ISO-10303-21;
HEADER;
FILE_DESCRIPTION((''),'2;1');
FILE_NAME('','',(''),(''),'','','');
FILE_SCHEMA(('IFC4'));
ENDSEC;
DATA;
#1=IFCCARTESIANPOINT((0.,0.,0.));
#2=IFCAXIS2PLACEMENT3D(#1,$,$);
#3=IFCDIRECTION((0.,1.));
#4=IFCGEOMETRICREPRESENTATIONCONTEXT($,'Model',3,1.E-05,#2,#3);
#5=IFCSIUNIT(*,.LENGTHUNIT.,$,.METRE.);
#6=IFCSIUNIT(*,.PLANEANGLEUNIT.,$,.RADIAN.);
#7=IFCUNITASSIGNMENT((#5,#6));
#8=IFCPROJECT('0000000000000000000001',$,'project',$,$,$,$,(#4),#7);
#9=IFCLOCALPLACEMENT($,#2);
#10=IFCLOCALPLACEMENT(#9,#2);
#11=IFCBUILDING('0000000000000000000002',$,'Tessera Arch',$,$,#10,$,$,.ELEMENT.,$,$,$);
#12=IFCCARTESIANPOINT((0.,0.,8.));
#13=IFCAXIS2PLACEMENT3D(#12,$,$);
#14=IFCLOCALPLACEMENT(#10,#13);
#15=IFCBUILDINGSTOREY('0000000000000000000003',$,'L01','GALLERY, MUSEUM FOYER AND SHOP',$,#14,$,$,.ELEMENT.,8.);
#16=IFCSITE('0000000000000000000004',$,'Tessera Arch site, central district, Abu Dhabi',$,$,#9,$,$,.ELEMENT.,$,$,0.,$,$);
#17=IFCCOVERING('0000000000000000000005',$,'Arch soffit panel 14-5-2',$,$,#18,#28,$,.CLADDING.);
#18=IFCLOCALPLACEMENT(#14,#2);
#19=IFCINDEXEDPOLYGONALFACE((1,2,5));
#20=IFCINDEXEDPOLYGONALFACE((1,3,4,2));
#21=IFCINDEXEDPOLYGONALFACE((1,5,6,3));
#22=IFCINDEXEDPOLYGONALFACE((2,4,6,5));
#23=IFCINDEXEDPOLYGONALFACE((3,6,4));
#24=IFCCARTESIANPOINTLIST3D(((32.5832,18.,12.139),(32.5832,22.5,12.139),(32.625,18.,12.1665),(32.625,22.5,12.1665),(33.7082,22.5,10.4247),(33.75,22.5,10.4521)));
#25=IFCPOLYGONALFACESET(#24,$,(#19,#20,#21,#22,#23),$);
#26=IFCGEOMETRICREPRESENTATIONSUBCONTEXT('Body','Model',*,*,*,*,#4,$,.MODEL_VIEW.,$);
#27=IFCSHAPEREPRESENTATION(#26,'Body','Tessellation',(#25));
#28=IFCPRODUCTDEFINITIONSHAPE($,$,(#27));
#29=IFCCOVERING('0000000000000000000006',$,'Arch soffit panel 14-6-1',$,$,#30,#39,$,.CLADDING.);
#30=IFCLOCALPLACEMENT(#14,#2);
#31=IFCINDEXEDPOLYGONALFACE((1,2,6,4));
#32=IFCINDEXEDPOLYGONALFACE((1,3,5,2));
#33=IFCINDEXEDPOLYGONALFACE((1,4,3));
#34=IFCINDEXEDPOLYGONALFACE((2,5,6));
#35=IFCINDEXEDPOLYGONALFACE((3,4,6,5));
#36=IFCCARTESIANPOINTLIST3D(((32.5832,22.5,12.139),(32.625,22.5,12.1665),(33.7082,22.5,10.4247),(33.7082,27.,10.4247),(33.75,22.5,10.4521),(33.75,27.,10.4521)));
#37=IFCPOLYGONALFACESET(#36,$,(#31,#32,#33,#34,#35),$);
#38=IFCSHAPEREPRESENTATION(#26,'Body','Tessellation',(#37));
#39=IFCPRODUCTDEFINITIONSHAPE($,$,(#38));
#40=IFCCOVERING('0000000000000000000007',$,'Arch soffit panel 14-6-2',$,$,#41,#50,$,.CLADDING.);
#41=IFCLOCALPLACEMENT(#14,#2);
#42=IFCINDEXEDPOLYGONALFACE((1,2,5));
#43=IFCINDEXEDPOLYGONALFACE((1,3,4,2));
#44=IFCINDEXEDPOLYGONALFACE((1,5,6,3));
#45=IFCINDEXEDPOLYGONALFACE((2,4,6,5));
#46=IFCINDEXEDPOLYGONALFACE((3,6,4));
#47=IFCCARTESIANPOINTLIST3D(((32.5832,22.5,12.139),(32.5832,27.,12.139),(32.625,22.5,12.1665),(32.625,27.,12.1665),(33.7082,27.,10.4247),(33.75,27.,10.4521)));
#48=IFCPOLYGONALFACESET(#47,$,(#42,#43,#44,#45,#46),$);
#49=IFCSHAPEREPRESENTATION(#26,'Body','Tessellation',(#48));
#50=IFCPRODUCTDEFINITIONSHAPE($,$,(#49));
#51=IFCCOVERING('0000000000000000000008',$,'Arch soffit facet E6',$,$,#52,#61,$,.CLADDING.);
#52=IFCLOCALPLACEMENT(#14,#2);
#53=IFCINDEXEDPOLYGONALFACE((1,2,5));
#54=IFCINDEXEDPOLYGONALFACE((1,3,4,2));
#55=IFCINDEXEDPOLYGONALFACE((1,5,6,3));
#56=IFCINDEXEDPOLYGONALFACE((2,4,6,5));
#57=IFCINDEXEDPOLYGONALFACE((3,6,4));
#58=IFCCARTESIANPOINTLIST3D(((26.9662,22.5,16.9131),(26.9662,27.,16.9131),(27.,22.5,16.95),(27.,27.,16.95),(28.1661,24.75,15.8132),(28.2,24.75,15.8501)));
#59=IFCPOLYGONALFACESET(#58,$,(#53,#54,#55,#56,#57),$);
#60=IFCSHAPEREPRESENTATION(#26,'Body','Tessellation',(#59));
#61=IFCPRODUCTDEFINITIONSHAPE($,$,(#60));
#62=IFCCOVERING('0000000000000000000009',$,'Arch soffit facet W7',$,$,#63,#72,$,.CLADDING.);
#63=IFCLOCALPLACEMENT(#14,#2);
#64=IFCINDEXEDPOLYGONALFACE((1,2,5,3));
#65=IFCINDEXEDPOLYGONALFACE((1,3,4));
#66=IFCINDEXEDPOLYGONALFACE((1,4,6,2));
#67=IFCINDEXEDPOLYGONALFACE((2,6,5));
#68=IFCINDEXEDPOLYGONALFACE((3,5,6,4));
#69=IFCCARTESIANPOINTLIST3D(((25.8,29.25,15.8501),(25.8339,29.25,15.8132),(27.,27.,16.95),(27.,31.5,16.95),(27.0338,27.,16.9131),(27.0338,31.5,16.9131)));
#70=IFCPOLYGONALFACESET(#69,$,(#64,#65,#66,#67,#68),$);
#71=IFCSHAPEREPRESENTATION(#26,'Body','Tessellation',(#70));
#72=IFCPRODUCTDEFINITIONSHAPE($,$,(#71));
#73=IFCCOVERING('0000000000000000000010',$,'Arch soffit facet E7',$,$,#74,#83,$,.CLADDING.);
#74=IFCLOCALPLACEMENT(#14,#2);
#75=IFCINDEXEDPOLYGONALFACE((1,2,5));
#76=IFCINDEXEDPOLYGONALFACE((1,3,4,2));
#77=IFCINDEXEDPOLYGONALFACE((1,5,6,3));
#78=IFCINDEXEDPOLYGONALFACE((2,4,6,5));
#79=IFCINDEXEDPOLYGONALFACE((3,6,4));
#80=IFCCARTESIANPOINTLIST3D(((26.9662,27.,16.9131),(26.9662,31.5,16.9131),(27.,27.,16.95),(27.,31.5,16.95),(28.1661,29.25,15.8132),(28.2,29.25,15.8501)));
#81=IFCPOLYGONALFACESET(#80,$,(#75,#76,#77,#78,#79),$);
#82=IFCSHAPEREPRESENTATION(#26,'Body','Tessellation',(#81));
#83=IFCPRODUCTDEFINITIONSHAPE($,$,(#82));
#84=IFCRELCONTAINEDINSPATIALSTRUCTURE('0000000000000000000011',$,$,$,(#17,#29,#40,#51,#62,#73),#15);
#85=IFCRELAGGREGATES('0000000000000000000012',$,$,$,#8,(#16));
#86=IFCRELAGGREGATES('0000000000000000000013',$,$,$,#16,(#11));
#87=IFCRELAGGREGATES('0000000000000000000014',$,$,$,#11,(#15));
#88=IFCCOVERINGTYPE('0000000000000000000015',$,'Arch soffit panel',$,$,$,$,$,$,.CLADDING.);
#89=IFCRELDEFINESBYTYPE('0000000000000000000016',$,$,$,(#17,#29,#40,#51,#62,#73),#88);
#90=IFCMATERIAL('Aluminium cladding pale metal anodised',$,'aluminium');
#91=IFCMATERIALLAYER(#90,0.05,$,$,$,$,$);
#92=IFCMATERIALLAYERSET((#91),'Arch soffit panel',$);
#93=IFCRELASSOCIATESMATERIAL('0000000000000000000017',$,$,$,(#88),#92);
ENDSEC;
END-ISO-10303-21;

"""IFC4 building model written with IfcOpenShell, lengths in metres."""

from ifc_helpers import new_model, si_unit, direction, frame, origin, place, context, subcontext, project, spatial, polyline, outline, extrude, material, layer, layer_set, type_object, element, save


model = new_model("IFC4")

# Units and contexts
model_context = context("Model", 3, precision=1e-05, world=origin(), true_north=direction((0.0, 1.0)))
body_context = subcontext(model_context, "Body", "Model", "MODEL_VIEW")
ifc_project = project(units=[si_unit("LENGTHUNIT", "METRE"), si_unit("PLANEANGLEUNIT", "RADIAN")], contexts=[model_context])

# Site, building, storey
site_placement = place(None, origin())
site = spatial("IfcSite", under=ifc_project, at=site_placement, Name="Tessera Arch site, central district, Abu Dhabi", CompositionType="ELEMENT", RefElevation=0.0)
building_placement = place(site_placement, origin())
building = spatial("IfcBuilding", under=site, at=building_placement, Name="Tessera Arch", CompositionType="ELEMENT")
storey_placement = place(building_placement, frame((0.0, 0.0, 8.0)))
storey = spatial("IfcBuildingStorey", under=building, at=storey_placement, Name="L01", Description="GALLERY, MUSEUM FOYER AND SHOP", CompositionType="ELEMENT", Elevation=8.0)

# Coverings
ifc_material = material(Name="Aluminium cladding pale metal anodised", Category="aluminium")
ifc_layer = layer(ifc_material, 0.05)
ifc_layer_set = layer_set([ifc_layer], Name="Arch soffit panel")
covering_type = type_object("IfcCoveringType", Name="Arch soffit panel", PredefinedType="CLADDING", material=ifc_layer_set)
covering_1_placement = place(storey_placement, frame((32.625, 18.0, 12.1665), z_axis=(0.836058, 0.0, 0.548641), x_axis=(0.227495, 0.90998, -0.346673)))
element("IfcCovering", 1, at=covering_1_placement, inside=storey, type_object=covering_type, Name="Arch soffit panel 14-5-2", PredefinedType="CLADDING", context=body_context, shape_type="SweptSolid", body=[
    extrude(outline(polyline([(0.0, 0.0), (4.9452, 0.0), (4.0949, 1.8659), (0.0, 0.0)])), origin(), (0.0, 0.0, -1.0), 0.05),
])
covering_2_placement = place(storey_placement, frame((32.625, 22.5, 12.1665), z_axis=(0.836058, 0.0, 0.548641), x_axis=(0.548641, 0.0, -0.836058)))
element("IfcCovering", 2, at=covering_2_placement, inside=storey, type_object=covering_type, Name="Arch soffit panel 14-6-1", PredefinedType="CLADDING", context=body_context, shape_type="SweptSolid", body=[
    extrude(outline(polyline([(0.0, 0.0), (2.0505, 0.0), (2.0505, 4.5), (0.0, 0.0)])), origin(), (0.0, 0.0, -1.0), 0.05),
])
covering_3_placement = place(storey_placement, frame((32.625, 22.5, 12.1665), z_axis=(0.836058, 0.0, 0.548641), x_axis=(0.227495, 0.90998, -0.346673)))
element("IfcCovering", 3, at=covering_3_placement, inside=storey, type_object=covering_type, Name="Arch soffit panel 14-6-2", PredefinedType="CLADDING", context=body_context, shape_type="SweptSolid", body=[
    extrude(outline(polyline([(0.0, 0.0), (4.9452, 0.0), (4.0949, 1.8659), (0.0, 0.0)])), origin(), (0.0, 0.0, -1.0), 0.05),
])
covering_4_placement = place(storey_placement, frame((27.0, 22.5, 16.95), z_axis=(0.675691, 0.0, 0.737185), x_axis=(0.0, 1.0, 0.0)))
element("IfcCovering", 4, at=covering_4_placement, inside=storey, type_object=covering_type, Name="Arch soffit facet E6", PredefinedType="CLADDING", context=body_context, shape_type="SweptSolid", body=[
    extrude(outline(polyline([(0.0, 0.0), (4.5, 0.0), (2.25, -1.6277), (0.0, 0.0)])), origin(), (0.0, 0.0, -1.0), 0.05),
])
covering_5_placement = place(storey_placement, frame((27.0, 27.0, 16.95), z_axis=(-0.675691, 0.0, 0.737185), x_axis=(0.0, 1.0, 0.0)))
element("IfcCovering", 5, at=covering_5_placement, inside=storey, type_object=covering_type, Name="Arch soffit facet W7", PredefinedType="CLADDING", context=body_context, shape_type="SweptSolid", body=[
    extrude(outline(polyline([(0.0, 0.0), (4.5, 0.0), (2.25, 1.6277), (0.0, 0.0)])), origin(), (0.0, 0.0, -1.0), 0.05),
])
covering_6_placement = place(storey_placement, frame((27.0, 27.0, 16.95), z_axis=(0.675691, 0.0, 0.737185), x_axis=(0.0, 1.0, 0.0)))
element("IfcCovering", 6, at=covering_6_placement, inside=storey, type_object=covering_type, Name="Arch soffit facet E7", PredefinedType="CLADDING", context=body_context, shape_type="SweptSolid", body=[
    extrude(outline(polyline([(0.0, 0.0), (4.5, 0.0), (2.25, -1.6277), (0.0, 0.0)])), origin(), (0.0, 0.0, -1.0), 0.05),
])

save(model, "model.ifc")
